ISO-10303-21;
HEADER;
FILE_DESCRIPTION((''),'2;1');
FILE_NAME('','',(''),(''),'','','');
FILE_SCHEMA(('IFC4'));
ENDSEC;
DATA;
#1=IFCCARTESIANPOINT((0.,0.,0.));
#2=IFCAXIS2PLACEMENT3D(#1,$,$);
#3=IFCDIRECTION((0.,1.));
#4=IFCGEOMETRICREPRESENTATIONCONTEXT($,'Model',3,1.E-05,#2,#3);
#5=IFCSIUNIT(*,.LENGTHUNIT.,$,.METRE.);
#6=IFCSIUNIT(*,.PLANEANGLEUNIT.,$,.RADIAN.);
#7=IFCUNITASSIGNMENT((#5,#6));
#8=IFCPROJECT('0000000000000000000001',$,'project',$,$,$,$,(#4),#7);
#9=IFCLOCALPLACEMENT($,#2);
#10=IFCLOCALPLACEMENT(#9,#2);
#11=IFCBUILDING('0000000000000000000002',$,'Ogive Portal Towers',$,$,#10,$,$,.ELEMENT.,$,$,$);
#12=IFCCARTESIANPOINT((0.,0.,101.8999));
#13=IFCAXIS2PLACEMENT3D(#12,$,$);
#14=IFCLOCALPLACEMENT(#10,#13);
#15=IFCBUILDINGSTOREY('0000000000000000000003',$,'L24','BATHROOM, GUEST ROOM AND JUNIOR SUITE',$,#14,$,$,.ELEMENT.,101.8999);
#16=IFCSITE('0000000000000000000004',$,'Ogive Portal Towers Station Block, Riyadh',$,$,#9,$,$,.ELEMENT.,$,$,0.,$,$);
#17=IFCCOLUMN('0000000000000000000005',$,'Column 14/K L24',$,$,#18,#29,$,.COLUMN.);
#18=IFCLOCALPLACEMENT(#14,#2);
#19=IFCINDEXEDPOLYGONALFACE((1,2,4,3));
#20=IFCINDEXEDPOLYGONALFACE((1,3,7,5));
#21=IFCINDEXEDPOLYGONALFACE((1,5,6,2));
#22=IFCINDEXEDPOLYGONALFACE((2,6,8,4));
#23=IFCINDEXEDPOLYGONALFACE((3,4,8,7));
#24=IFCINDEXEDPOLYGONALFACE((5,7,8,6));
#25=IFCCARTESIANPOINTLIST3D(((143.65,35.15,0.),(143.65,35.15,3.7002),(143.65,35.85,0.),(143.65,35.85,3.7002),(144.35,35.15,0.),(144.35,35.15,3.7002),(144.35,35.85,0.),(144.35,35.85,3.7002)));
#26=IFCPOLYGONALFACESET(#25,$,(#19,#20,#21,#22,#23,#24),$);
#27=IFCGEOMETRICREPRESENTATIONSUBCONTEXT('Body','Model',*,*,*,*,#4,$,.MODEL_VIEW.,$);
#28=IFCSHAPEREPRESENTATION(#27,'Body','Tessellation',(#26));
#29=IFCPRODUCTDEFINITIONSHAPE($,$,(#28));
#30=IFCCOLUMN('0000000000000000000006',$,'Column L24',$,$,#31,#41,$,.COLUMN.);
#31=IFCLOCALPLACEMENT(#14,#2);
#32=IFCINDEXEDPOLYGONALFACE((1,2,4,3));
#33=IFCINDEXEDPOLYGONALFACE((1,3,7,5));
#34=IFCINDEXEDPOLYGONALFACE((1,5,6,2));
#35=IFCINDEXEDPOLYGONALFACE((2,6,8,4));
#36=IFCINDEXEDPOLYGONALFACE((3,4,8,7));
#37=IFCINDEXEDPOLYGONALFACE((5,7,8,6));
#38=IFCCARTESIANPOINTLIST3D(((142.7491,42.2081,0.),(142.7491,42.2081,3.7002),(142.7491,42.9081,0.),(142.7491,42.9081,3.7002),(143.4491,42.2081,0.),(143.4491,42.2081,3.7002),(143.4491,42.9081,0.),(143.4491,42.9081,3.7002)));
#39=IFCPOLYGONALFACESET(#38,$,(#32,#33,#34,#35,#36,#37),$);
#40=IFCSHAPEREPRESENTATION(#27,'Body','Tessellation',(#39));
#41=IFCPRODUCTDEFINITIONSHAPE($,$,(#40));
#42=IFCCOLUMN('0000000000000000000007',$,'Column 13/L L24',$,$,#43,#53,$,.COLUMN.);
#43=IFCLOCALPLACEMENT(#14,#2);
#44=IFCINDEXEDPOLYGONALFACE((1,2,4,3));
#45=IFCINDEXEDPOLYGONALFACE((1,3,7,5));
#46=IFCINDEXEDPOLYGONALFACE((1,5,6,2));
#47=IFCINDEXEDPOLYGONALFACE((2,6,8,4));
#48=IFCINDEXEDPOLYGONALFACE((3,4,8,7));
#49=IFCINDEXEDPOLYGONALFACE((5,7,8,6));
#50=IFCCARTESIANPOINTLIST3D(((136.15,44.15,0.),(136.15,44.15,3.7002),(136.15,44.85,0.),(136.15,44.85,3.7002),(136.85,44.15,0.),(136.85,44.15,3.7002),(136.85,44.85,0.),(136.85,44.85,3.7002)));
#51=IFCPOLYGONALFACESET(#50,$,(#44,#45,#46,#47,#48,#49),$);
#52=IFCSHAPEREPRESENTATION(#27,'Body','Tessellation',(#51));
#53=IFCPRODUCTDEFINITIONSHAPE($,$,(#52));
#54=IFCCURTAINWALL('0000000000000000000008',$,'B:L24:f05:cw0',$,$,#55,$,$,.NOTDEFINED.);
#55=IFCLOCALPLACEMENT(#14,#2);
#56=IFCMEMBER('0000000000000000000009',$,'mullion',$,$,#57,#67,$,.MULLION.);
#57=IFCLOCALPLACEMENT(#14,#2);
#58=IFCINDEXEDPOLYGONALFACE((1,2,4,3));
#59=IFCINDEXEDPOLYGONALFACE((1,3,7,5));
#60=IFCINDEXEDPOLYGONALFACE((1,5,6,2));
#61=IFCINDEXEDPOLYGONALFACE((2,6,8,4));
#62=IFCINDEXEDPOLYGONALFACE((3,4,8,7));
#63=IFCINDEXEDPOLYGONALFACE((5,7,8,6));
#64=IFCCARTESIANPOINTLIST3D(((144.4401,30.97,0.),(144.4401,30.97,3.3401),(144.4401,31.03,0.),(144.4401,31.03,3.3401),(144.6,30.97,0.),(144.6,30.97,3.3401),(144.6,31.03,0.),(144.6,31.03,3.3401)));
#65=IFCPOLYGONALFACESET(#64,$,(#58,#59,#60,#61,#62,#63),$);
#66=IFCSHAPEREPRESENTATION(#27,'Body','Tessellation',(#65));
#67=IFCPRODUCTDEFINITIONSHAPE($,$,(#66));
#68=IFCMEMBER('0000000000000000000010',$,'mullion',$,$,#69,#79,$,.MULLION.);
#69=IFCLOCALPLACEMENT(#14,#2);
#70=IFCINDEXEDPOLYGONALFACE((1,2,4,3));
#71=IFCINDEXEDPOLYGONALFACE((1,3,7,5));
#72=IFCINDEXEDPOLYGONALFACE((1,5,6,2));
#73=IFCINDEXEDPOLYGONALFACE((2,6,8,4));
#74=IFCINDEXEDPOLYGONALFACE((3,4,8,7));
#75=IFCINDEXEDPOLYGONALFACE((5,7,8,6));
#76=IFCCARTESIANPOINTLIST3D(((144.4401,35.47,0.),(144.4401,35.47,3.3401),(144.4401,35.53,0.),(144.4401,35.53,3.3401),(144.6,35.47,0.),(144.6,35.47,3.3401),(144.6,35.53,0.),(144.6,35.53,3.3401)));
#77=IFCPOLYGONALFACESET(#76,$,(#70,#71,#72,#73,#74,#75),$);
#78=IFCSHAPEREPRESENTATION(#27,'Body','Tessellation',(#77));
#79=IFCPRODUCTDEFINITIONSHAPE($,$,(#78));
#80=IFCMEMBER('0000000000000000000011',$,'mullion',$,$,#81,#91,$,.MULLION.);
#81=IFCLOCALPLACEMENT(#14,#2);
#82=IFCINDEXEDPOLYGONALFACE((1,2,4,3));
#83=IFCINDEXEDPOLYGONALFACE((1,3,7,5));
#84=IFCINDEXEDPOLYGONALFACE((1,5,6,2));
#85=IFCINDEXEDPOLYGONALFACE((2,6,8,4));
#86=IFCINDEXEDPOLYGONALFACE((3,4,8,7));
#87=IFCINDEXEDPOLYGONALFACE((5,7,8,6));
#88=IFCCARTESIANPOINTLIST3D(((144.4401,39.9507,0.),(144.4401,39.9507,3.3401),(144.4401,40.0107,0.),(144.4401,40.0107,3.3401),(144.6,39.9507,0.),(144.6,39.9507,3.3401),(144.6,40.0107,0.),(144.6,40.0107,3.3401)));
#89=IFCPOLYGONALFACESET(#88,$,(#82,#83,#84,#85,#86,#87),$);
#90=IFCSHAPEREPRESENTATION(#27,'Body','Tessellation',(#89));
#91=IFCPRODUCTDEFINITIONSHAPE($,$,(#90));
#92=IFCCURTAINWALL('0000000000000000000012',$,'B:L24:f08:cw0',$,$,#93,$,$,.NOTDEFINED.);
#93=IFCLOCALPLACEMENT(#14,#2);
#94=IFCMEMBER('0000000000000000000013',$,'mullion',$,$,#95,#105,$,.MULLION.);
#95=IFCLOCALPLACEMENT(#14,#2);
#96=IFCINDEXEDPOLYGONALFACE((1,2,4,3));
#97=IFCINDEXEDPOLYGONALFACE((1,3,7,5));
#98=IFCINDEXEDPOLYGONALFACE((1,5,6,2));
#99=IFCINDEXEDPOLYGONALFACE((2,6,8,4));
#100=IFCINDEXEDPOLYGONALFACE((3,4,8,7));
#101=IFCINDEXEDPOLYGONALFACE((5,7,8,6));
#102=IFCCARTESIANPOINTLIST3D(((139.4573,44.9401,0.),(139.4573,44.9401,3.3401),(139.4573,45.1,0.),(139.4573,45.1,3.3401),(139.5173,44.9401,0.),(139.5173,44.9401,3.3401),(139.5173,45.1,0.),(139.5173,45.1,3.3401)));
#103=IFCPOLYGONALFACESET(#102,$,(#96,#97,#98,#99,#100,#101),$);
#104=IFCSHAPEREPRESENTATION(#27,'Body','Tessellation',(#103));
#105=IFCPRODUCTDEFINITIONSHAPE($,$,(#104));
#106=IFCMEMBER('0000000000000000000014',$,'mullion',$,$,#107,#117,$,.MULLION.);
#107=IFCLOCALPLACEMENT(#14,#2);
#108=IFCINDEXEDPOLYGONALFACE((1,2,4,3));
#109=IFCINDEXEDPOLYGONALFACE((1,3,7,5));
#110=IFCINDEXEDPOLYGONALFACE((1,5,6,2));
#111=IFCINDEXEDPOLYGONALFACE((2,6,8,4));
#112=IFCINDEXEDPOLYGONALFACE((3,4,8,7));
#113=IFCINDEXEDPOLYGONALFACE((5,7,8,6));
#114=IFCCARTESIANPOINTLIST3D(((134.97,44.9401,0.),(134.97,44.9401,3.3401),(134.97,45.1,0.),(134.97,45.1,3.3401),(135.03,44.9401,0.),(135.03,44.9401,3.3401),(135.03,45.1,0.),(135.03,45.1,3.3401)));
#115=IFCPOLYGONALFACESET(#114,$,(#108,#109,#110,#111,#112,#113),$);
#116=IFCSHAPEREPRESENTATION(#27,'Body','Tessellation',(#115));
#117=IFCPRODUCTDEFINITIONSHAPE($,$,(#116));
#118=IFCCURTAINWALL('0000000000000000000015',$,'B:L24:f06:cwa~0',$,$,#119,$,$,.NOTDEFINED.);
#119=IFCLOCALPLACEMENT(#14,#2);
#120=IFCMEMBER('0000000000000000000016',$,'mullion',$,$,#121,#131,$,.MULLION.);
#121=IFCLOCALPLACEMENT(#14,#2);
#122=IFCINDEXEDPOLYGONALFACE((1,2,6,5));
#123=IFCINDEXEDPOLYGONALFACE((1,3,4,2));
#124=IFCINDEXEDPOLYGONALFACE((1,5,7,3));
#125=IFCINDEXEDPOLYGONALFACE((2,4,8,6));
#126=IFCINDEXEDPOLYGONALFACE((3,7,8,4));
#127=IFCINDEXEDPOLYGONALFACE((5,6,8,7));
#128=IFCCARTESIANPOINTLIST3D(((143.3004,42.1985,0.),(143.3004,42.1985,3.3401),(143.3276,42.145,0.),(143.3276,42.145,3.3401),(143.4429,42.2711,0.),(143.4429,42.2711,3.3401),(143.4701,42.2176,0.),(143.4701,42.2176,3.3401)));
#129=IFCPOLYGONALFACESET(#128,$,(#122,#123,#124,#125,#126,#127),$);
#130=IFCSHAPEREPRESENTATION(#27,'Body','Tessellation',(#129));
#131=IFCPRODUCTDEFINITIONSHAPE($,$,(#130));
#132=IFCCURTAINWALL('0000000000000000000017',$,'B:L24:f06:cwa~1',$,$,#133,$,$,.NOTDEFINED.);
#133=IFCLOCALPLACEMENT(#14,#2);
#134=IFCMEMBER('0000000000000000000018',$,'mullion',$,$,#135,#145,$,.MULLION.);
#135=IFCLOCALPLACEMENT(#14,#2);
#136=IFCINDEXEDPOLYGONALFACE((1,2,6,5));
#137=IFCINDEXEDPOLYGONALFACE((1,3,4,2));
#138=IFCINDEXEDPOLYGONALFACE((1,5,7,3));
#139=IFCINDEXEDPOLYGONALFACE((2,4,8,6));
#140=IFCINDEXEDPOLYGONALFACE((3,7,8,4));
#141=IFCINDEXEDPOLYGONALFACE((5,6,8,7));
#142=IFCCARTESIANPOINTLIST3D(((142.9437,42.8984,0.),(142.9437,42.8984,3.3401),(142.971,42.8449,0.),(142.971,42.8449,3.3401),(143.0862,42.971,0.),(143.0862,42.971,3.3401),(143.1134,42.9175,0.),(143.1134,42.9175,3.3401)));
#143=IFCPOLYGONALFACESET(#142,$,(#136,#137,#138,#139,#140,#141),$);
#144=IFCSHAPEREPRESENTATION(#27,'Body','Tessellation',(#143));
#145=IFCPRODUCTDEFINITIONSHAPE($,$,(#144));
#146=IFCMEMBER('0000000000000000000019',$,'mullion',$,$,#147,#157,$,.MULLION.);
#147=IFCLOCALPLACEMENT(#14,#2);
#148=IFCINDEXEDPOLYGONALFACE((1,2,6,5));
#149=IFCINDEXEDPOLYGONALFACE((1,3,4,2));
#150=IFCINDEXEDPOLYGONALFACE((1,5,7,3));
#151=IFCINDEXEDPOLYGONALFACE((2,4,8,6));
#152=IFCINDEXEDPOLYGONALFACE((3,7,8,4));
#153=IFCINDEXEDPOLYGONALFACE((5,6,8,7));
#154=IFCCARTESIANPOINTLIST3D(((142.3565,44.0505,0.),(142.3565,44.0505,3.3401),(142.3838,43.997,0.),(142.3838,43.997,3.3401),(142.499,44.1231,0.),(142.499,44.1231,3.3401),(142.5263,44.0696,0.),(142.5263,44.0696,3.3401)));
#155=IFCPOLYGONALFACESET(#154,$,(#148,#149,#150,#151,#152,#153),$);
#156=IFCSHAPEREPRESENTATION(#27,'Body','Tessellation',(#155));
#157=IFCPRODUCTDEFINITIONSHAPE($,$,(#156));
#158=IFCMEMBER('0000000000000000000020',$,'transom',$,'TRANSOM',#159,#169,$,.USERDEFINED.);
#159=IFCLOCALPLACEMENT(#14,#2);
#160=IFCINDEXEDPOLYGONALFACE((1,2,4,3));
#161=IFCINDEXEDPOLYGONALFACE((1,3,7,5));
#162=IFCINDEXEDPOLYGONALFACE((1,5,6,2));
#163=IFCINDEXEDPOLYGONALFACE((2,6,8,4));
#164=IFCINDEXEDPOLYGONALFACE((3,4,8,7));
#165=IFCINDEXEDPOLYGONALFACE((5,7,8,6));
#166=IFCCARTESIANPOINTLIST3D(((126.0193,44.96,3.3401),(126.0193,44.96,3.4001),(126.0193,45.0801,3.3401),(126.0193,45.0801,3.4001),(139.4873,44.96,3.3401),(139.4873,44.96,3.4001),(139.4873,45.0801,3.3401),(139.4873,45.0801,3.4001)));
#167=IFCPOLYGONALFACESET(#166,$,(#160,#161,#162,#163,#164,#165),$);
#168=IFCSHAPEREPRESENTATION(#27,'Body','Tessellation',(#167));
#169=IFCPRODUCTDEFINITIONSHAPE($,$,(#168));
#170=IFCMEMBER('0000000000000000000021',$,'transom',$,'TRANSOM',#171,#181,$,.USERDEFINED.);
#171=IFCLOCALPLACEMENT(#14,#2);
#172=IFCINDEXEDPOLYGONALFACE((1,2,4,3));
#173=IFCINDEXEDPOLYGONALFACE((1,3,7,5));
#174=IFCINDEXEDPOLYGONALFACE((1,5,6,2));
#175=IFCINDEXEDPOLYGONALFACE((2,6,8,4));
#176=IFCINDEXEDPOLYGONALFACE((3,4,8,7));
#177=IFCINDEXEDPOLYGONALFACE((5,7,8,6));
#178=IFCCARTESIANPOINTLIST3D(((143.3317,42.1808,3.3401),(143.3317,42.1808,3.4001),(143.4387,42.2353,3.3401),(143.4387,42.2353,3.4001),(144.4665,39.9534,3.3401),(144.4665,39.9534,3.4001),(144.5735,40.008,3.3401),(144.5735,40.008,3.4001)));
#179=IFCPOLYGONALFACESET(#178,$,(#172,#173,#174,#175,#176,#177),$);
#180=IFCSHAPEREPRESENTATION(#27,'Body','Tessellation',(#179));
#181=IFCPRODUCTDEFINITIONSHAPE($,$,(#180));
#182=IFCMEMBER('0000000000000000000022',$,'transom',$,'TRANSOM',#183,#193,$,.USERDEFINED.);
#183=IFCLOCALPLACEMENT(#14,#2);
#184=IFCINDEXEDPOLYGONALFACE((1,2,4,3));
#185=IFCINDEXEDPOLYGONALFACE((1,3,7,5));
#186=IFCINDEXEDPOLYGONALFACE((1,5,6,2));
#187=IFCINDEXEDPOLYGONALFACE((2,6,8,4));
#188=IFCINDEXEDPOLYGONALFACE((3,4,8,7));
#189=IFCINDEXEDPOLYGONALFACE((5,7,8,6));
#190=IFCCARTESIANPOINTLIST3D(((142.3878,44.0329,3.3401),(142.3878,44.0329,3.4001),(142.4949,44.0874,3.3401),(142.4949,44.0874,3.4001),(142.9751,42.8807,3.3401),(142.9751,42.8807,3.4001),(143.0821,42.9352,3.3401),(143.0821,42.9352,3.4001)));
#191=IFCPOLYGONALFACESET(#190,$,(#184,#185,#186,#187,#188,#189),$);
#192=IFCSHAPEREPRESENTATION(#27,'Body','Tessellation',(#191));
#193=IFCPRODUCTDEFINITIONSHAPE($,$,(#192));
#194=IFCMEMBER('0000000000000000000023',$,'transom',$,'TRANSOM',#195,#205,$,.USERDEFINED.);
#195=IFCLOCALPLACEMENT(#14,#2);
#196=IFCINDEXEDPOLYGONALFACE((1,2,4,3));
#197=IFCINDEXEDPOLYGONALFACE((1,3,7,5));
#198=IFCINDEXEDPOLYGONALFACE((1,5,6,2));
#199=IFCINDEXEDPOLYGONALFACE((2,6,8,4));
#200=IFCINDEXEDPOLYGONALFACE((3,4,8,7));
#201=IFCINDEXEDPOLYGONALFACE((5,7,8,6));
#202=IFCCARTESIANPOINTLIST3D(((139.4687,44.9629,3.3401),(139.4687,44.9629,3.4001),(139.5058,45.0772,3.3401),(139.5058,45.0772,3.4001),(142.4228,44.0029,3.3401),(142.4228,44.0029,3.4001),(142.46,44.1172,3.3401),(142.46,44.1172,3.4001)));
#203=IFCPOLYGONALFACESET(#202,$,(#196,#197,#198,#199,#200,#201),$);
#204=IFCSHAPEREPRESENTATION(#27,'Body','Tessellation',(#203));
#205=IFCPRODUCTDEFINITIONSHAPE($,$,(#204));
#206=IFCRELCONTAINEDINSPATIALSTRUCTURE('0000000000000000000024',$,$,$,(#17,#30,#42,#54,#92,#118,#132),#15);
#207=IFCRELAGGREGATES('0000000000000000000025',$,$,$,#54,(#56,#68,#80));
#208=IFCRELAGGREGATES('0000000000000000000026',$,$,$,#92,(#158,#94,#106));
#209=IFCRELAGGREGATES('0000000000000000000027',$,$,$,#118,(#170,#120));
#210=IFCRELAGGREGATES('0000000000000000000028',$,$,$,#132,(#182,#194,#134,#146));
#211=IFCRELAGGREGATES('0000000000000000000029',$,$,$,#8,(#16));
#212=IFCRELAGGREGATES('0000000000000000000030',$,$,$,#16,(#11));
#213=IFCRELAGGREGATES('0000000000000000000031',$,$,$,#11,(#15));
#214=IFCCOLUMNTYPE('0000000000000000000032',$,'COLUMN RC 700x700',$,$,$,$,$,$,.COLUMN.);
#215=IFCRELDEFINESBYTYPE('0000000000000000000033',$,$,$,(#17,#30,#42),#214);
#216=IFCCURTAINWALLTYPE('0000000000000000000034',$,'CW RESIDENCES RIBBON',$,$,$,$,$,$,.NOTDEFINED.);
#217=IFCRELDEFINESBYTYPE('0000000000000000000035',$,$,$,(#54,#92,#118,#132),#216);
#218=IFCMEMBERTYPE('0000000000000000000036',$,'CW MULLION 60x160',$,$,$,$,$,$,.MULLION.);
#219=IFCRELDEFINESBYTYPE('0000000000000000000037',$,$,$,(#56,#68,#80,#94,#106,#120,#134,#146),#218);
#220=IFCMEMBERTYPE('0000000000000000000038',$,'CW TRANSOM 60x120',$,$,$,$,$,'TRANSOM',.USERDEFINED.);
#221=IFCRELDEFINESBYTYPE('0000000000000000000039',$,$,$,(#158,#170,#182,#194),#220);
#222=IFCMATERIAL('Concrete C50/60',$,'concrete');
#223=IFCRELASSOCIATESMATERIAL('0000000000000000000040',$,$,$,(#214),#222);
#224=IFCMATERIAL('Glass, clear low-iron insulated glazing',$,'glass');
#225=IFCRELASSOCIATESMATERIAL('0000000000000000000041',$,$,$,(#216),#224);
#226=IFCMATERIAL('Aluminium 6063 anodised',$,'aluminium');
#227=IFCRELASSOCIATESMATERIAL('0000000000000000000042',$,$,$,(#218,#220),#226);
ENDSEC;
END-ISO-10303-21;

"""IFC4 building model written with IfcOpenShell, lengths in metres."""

from ifc_helpers import new_model, si_unit, direction, frame, origin, origin_2d, place, context, subcontext, project, spatial, rectangle, extrude, material, material_profile, profile_set, type_object, element, aggregate, save


model = new_model("IFC4")

# Units and contexts
model_context = context("Model", 3, precision=1e-05, world=origin(), true_north=direction((0.0, 1.0)))
body_context = subcontext(model_context, "Body", "Model", "MODEL_VIEW")
ifc_project = project(units=[si_unit("LENGTHUNIT", "METRE"), si_unit("PLANEANGLEUNIT", "RADIAN")], contexts=[model_context])

# Site, building, storey
site_placement = place(None, origin())
site = spatial("IfcSite", under=ifc_project, at=site_placement, Name="Ogive Portal Towers Station Block, Riyadh", CompositionType="ELEMENT", RefElevation=0.0)
building_placement = place(site_placement, origin())
building = spatial("IfcBuilding", under=site, at=building_placement, Name="Ogive Portal Towers", CompositionType="ELEMENT")
storey_placement = place(building_placement, frame((0.0, 0.0, 101.8999)))
storey = spatial("IfcBuildingStorey", under=building, at=storey_placement, Name="L24", Description="BATHROOM, GUEST ROOM AND JUNIOR SUITE", CompositionType="ELEMENT", Elevation=101.8999)

# Columns
ifc_material_1 = material(Name="Concrete C50/60", Category="concrete")
ifc_material_profile_1 = material_profile(ifc_material_1, rectangle(XDim=0.7, YDim=0.7, at=origin_2d()), Name="RC 700x700")
ifc_profile_set_1 = profile_set([ifc_material_profile_1], Name="Concrete C50/60")
column_type = type_object("IfcColumnType", Name="COLUMN RC 700x700", PredefinedType="COLUMN", material=ifc_profile_set_1)
for number, where, z_axis, x_axis, name in (
    (1, (144.0, 35.5, 0.0), (0.0, 0.0, 1.0), (1.0, 0.0, 0.0), "Column 14/K L24"),
    (2, (143.0991, 42.5581, 0.0), (0.0, 0.0, 1.0), (1.0, 0.0, 0.0), "Column L24"),
    (3, (136.5, 44.5, 0.0), (0.0, 0.0, 1.0), (1.0, 0.0, 0.0), "Column 13/L L24"),
):
    element("IfcColumn", number, at=place(storey_placement, frame(where, z_axis=z_axis, x_axis=x_axis)), inside=storey, type_object=column_type, Name=name, PredefinedType="COLUMN", context=body_context, shape_type="SweptSolid", body=[
        extrude(rectangle(XDim=0.7, YDim=0.7, at=origin_2d()), origin(), (0.0, 0.0, 1.0), 3.7002),
    ])

# Curtain walls, members
ifc_material_2 = material(Name="Glass, clear low-iron insulated glazing", Category="glass")
curtain_wall_type = type_object("IfcCurtainWallType", Name="CW RESIDENCES RIBBON", PredefinedType="NOTDEFINED", material=ifc_material_2)
curtain_wall_1_placement = place(storey_placement, origin())
curtain_wall_1 = element("IfcCurtainWall", 4, at=curtain_wall_1_placement, inside=storey, type_object=curtain_wall_type, Name="B:L24:f05:cw0", PredefinedType="NOTDEFINED")
ifc_material_3 = material(Name="Aluminium 6063 anodised", Category="aluminium")
ifc_material_profile_2 = material_profile(ifc_material_3, rectangle(XDim=0.1599, YDim=0.0601, at=origin_2d()), Name="AL 60x160")
ifc_profile_set_2 = profile_set([ifc_material_profile_2], Name="Aluminium 6063 anodised")
member_type_1 = type_object("IfcMemberType", Name="CW MULLION 60x160", PredefinedType="MULLION", material=ifc_profile_set_2)
member_1_placement = place(storey_placement, frame((144.52, 31.0, 0.0), z_axis=(0.0, 0.0, 1.0), x_axis=(-1.0, 0.0, 0.0)))
member_1 = element("IfcMember", 5, at=member_1_placement, type_object=member_type_1, Name="mullion", PredefinedType="MULLION", context=body_context, shape_type="SweptSolid", body=[
    extrude(rectangle(XDim=0.1599, YDim=0.0601, at=origin_2d()), origin(), (0.0, 0.0, 1.0), 3.3401),
])
member_2_placement = place(storey_placement, frame((144.52, 35.5, 0.0), z_axis=(0.0, 0.0, 1.0), x_axis=(-1.0, 0.0, 0.0)))
member_2 = element("IfcMember", 6, at=member_2_placement, type_object=member_type_1, Name="mullion", PredefinedType="MULLION", context=body_context, shape_type="SweptSolid", body=[
    extrude(rectangle(XDim=0.1599, YDim=0.0601, at=origin_2d()), origin(), (0.0, 0.0, 1.0), 3.3401),
])
member_3_placement = place(storey_placement, frame((144.52, 39.9807, 0.0), z_axis=(0.0, 0.0, 1.0), x_axis=(-1.0, 0.0, 0.0)))
member_3 = element("IfcMember", 7, at=member_3_placement, type_object=member_type_1, Name="mullion", PredefinedType="MULLION", context=body_context, shape_type="SweptSolid", body=[
    extrude(rectangle(XDim=0.1599, YDim=0.0601, at=origin_2d()), origin(), (0.0, 0.0, 1.0), 3.3401),
])
curtain_wall_2_placement = place(storey_placement, origin())
curtain_wall_2 = element("IfcCurtainWall", 8, at=curtain_wall_2_placement, inside=storey, type_object=curtain_wall_type, Name="B:L24:f08:cw0", PredefinedType="NOTDEFINED")
member_4_placement = place(storey_placement, frame((139.4873, 45.02, 0.0), z_axis=(0.0, 0.0, 1.0), x_axis=(0.0, -1.0, 0.0)))
member_4 = element("IfcMember", 9, at=member_4_placement, type_object=member_type_1, Name="mullion", PredefinedType="MULLION", context=body_context, shape_type="SweptSolid", body=[
    extrude(rectangle(XDim=0.1599, YDim=0.0601, at=origin_2d()), origin(), (0.0, 0.0, 1.0), 3.3401),
])
member_5_placement = place(storey_placement, frame((135.0, 45.02, 0.0), z_axis=(0.0, 0.0, 1.0), x_axis=(0.0, -1.0, 0.0)))
member_5 = element("IfcMember", 10, at=member_5_placement, type_object=member_type_1, Name="mullion", PredefinedType="MULLION", context=body_context, shape_type="SweptSolid", body=[
    extrude(rectangle(XDim=0.1599, YDim=0.0601, at=origin_2d()), origin(), (0.0, 0.0, 1.0), 3.3401),
])

# Curtain wall, member
curtain_wall_3_placement = place(storey_placement, origin())
curtain_wall_3 = element("IfcCurtainWall", 11, at=curtain_wall_3_placement, inside=storey, type_object=curtain_wall_type, Name="B:L24:f06:cwa~0", PredefinedType="NOTDEFINED")
member_6_placement = place(storey_placement, frame((143.3853, 42.208, 0.0), z_axis=(0.0, 0.0, 1.0), x_axis=(-0.891007, -0.45399, 0.0)))
member_6 = element("IfcMember", 12, at=member_6_placement, type_object=member_type_1, Name="mullion", PredefinedType="MULLION", context=body_context, shape_type="SweptSolid", body=[
    extrude(rectangle(XDim=0.1599, YDim=0.0601, at=origin_2d()), origin(), (0.0, 0.0, 1.0), 3.3401),
])

# Curtain wall, members
curtain_wall_4_placement = place(storey_placement, origin())
curtain_wall_4 = element("IfcCurtainWall", 13, at=curtain_wall_4_placement, inside=storey, type_object=curtain_wall_type, Name="B:L24:f06:cwa~1", PredefinedType="NOTDEFINED")
member_7_placement = place(storey_placement, frame((143.0286, 42.908, 0.0), z_axis=(0.0, 0.0, 1.0), x_axis=(-0.891007, -0.45399, 0.0)))
member_7 = element("IfcMember", 14, at=member_7_placement, type_object=member_type_1, Name="mullion", PredefinedType="MULLION", context=body_context, shape_type="SweptSolid", body=[
    extrude(rectangle(XDim=0.1599, YDim=0.0601, at=origin_2d()), origin(), (0.0, 0.0, 1.0), 3.3401),
])
member_8_placement = place(storey_placement, frame((142.4414, 44.0601, 0.0), z_axis=(0.0, 0.0, 1.0), x_axis=(-0.891007, -0.45399, 0.0)))
member_8 = element("IfcMember", 15, at=member_8_placement, type_object=member_type_1, Name="mullion", PredefinedType="MULLION", context=body_context, shape_type="SweptSolid", body=[
    extrude(rectangle(XDim=0.1599, YDim=0.0601, at=origin_2d()), origin(), (0.0, 0.0, 1.0), 3.3401),
])

# Members
ifc_material_profile_3 = material_profile(ifc_material_3, rectangle(XDim=0.1201, YDim=0.0601, at=origin_2d()), Name="AL 120x60")
ifc_profile_set_3 = profile_set([ifc_material_profile_3], Name="Aluminium 6063 anodised")
member_type_2 = type_object("IfcMemberType", Name="CW TRANSOM 60x120", ElementType="TRANSOM", PredefinedType="USERDEFINED", material=ifc_profile_set_3)
member_9_placement = place(storey_placement, frame((139.4873, 45.02, 3.3701), z_axis=(-1.0, 0.0, 0.0), x_axis=(0.0, -1.0, 0.0)))
member_9 = element("IfcMember", 16, at=member_9_placement, type_object=member_type_2, Name="transom", ObjectType="TRANSOM", PredefinedType="USERDEFINED", context=body_context, shape_type="SweptSolid", body=[
    extrude(rectangle(XDim=0.1201, YDim=0.0601, at=origin_2d()), origin(), (0.0, 0.0, 1.0), 13.468),
])
member_10_placement = place(storey_placement, frame((144.52, 39.9807, 3.3701), z_axis=(-0.453959, 0.891022, 0.0), x_axis=(-0.891022, -0.453959, 0.0)))
member_10 = element("IfcMember", 17, at=member_10_placement, type_object=member_type_2, Name="transom", ObjectType="TRANSOM", PredefinedType="USERDEFINED", context=body_context, shape_type="SweptSolid", body=[
    extrude(rectangle(XDim=0.1201, YDim=0.0601, at=origin_2d()), origin(), (0.0, 0.0, 1.0), 2.4998),
])
member_11_placement = place(storey_placement, frame((143.0286, 42.908, 3.3701), z_axis=(-0.454073, 0.890965, 0.0), x_axis=(-0.890965, -0.454073, 0.0)))
member_11 = element("IfcMember", 18, at=member_11_placement, type_object=member_type_2, Name="transom", ObjectType="TRANSOM", PredefinedType="USERDEFINED", context=body_context, shape_type="SweptSolid", body=[
    extrude(rectangle(XDim=0.1201, YDim=0.0601, at=origin_2d()), origin(), (0.0, 0.0, 1.0), 1.2932),
])
member_12_placement = place(storey_placement, frame((142.4414, 44.0601, 3.3701), z_axis=(-0.951046, 0.309051, 0.0), x_axis=(-0.309051, -0.951046, 0.0)))
member_12 = element("IfcMember", 19, at=member_12_placement, type_object=member_type_2, Name="transom", ObjectType="TRANSOM", PredefinedType="USERDEFINED", context=body_context, shape_type="SweptSolid", body=[
    extrude(rectangle(XDim=0.1201, YDim=0.0601, at=origin_2d()), origin(), (0.0, 0.0, 1.0), 3.1062),
])

aggregate(curtain_wall_1, [member_1, member_2, member_3])
aggregate(curtain_wall_2, [member_9, member_4, member_5])
aggregate(curtain_wall_3, [member_10, member_6])
aggregate(curtain_wall_4, [member_11, member_12, member_7, member_8])

save(model, "model.ifc")
